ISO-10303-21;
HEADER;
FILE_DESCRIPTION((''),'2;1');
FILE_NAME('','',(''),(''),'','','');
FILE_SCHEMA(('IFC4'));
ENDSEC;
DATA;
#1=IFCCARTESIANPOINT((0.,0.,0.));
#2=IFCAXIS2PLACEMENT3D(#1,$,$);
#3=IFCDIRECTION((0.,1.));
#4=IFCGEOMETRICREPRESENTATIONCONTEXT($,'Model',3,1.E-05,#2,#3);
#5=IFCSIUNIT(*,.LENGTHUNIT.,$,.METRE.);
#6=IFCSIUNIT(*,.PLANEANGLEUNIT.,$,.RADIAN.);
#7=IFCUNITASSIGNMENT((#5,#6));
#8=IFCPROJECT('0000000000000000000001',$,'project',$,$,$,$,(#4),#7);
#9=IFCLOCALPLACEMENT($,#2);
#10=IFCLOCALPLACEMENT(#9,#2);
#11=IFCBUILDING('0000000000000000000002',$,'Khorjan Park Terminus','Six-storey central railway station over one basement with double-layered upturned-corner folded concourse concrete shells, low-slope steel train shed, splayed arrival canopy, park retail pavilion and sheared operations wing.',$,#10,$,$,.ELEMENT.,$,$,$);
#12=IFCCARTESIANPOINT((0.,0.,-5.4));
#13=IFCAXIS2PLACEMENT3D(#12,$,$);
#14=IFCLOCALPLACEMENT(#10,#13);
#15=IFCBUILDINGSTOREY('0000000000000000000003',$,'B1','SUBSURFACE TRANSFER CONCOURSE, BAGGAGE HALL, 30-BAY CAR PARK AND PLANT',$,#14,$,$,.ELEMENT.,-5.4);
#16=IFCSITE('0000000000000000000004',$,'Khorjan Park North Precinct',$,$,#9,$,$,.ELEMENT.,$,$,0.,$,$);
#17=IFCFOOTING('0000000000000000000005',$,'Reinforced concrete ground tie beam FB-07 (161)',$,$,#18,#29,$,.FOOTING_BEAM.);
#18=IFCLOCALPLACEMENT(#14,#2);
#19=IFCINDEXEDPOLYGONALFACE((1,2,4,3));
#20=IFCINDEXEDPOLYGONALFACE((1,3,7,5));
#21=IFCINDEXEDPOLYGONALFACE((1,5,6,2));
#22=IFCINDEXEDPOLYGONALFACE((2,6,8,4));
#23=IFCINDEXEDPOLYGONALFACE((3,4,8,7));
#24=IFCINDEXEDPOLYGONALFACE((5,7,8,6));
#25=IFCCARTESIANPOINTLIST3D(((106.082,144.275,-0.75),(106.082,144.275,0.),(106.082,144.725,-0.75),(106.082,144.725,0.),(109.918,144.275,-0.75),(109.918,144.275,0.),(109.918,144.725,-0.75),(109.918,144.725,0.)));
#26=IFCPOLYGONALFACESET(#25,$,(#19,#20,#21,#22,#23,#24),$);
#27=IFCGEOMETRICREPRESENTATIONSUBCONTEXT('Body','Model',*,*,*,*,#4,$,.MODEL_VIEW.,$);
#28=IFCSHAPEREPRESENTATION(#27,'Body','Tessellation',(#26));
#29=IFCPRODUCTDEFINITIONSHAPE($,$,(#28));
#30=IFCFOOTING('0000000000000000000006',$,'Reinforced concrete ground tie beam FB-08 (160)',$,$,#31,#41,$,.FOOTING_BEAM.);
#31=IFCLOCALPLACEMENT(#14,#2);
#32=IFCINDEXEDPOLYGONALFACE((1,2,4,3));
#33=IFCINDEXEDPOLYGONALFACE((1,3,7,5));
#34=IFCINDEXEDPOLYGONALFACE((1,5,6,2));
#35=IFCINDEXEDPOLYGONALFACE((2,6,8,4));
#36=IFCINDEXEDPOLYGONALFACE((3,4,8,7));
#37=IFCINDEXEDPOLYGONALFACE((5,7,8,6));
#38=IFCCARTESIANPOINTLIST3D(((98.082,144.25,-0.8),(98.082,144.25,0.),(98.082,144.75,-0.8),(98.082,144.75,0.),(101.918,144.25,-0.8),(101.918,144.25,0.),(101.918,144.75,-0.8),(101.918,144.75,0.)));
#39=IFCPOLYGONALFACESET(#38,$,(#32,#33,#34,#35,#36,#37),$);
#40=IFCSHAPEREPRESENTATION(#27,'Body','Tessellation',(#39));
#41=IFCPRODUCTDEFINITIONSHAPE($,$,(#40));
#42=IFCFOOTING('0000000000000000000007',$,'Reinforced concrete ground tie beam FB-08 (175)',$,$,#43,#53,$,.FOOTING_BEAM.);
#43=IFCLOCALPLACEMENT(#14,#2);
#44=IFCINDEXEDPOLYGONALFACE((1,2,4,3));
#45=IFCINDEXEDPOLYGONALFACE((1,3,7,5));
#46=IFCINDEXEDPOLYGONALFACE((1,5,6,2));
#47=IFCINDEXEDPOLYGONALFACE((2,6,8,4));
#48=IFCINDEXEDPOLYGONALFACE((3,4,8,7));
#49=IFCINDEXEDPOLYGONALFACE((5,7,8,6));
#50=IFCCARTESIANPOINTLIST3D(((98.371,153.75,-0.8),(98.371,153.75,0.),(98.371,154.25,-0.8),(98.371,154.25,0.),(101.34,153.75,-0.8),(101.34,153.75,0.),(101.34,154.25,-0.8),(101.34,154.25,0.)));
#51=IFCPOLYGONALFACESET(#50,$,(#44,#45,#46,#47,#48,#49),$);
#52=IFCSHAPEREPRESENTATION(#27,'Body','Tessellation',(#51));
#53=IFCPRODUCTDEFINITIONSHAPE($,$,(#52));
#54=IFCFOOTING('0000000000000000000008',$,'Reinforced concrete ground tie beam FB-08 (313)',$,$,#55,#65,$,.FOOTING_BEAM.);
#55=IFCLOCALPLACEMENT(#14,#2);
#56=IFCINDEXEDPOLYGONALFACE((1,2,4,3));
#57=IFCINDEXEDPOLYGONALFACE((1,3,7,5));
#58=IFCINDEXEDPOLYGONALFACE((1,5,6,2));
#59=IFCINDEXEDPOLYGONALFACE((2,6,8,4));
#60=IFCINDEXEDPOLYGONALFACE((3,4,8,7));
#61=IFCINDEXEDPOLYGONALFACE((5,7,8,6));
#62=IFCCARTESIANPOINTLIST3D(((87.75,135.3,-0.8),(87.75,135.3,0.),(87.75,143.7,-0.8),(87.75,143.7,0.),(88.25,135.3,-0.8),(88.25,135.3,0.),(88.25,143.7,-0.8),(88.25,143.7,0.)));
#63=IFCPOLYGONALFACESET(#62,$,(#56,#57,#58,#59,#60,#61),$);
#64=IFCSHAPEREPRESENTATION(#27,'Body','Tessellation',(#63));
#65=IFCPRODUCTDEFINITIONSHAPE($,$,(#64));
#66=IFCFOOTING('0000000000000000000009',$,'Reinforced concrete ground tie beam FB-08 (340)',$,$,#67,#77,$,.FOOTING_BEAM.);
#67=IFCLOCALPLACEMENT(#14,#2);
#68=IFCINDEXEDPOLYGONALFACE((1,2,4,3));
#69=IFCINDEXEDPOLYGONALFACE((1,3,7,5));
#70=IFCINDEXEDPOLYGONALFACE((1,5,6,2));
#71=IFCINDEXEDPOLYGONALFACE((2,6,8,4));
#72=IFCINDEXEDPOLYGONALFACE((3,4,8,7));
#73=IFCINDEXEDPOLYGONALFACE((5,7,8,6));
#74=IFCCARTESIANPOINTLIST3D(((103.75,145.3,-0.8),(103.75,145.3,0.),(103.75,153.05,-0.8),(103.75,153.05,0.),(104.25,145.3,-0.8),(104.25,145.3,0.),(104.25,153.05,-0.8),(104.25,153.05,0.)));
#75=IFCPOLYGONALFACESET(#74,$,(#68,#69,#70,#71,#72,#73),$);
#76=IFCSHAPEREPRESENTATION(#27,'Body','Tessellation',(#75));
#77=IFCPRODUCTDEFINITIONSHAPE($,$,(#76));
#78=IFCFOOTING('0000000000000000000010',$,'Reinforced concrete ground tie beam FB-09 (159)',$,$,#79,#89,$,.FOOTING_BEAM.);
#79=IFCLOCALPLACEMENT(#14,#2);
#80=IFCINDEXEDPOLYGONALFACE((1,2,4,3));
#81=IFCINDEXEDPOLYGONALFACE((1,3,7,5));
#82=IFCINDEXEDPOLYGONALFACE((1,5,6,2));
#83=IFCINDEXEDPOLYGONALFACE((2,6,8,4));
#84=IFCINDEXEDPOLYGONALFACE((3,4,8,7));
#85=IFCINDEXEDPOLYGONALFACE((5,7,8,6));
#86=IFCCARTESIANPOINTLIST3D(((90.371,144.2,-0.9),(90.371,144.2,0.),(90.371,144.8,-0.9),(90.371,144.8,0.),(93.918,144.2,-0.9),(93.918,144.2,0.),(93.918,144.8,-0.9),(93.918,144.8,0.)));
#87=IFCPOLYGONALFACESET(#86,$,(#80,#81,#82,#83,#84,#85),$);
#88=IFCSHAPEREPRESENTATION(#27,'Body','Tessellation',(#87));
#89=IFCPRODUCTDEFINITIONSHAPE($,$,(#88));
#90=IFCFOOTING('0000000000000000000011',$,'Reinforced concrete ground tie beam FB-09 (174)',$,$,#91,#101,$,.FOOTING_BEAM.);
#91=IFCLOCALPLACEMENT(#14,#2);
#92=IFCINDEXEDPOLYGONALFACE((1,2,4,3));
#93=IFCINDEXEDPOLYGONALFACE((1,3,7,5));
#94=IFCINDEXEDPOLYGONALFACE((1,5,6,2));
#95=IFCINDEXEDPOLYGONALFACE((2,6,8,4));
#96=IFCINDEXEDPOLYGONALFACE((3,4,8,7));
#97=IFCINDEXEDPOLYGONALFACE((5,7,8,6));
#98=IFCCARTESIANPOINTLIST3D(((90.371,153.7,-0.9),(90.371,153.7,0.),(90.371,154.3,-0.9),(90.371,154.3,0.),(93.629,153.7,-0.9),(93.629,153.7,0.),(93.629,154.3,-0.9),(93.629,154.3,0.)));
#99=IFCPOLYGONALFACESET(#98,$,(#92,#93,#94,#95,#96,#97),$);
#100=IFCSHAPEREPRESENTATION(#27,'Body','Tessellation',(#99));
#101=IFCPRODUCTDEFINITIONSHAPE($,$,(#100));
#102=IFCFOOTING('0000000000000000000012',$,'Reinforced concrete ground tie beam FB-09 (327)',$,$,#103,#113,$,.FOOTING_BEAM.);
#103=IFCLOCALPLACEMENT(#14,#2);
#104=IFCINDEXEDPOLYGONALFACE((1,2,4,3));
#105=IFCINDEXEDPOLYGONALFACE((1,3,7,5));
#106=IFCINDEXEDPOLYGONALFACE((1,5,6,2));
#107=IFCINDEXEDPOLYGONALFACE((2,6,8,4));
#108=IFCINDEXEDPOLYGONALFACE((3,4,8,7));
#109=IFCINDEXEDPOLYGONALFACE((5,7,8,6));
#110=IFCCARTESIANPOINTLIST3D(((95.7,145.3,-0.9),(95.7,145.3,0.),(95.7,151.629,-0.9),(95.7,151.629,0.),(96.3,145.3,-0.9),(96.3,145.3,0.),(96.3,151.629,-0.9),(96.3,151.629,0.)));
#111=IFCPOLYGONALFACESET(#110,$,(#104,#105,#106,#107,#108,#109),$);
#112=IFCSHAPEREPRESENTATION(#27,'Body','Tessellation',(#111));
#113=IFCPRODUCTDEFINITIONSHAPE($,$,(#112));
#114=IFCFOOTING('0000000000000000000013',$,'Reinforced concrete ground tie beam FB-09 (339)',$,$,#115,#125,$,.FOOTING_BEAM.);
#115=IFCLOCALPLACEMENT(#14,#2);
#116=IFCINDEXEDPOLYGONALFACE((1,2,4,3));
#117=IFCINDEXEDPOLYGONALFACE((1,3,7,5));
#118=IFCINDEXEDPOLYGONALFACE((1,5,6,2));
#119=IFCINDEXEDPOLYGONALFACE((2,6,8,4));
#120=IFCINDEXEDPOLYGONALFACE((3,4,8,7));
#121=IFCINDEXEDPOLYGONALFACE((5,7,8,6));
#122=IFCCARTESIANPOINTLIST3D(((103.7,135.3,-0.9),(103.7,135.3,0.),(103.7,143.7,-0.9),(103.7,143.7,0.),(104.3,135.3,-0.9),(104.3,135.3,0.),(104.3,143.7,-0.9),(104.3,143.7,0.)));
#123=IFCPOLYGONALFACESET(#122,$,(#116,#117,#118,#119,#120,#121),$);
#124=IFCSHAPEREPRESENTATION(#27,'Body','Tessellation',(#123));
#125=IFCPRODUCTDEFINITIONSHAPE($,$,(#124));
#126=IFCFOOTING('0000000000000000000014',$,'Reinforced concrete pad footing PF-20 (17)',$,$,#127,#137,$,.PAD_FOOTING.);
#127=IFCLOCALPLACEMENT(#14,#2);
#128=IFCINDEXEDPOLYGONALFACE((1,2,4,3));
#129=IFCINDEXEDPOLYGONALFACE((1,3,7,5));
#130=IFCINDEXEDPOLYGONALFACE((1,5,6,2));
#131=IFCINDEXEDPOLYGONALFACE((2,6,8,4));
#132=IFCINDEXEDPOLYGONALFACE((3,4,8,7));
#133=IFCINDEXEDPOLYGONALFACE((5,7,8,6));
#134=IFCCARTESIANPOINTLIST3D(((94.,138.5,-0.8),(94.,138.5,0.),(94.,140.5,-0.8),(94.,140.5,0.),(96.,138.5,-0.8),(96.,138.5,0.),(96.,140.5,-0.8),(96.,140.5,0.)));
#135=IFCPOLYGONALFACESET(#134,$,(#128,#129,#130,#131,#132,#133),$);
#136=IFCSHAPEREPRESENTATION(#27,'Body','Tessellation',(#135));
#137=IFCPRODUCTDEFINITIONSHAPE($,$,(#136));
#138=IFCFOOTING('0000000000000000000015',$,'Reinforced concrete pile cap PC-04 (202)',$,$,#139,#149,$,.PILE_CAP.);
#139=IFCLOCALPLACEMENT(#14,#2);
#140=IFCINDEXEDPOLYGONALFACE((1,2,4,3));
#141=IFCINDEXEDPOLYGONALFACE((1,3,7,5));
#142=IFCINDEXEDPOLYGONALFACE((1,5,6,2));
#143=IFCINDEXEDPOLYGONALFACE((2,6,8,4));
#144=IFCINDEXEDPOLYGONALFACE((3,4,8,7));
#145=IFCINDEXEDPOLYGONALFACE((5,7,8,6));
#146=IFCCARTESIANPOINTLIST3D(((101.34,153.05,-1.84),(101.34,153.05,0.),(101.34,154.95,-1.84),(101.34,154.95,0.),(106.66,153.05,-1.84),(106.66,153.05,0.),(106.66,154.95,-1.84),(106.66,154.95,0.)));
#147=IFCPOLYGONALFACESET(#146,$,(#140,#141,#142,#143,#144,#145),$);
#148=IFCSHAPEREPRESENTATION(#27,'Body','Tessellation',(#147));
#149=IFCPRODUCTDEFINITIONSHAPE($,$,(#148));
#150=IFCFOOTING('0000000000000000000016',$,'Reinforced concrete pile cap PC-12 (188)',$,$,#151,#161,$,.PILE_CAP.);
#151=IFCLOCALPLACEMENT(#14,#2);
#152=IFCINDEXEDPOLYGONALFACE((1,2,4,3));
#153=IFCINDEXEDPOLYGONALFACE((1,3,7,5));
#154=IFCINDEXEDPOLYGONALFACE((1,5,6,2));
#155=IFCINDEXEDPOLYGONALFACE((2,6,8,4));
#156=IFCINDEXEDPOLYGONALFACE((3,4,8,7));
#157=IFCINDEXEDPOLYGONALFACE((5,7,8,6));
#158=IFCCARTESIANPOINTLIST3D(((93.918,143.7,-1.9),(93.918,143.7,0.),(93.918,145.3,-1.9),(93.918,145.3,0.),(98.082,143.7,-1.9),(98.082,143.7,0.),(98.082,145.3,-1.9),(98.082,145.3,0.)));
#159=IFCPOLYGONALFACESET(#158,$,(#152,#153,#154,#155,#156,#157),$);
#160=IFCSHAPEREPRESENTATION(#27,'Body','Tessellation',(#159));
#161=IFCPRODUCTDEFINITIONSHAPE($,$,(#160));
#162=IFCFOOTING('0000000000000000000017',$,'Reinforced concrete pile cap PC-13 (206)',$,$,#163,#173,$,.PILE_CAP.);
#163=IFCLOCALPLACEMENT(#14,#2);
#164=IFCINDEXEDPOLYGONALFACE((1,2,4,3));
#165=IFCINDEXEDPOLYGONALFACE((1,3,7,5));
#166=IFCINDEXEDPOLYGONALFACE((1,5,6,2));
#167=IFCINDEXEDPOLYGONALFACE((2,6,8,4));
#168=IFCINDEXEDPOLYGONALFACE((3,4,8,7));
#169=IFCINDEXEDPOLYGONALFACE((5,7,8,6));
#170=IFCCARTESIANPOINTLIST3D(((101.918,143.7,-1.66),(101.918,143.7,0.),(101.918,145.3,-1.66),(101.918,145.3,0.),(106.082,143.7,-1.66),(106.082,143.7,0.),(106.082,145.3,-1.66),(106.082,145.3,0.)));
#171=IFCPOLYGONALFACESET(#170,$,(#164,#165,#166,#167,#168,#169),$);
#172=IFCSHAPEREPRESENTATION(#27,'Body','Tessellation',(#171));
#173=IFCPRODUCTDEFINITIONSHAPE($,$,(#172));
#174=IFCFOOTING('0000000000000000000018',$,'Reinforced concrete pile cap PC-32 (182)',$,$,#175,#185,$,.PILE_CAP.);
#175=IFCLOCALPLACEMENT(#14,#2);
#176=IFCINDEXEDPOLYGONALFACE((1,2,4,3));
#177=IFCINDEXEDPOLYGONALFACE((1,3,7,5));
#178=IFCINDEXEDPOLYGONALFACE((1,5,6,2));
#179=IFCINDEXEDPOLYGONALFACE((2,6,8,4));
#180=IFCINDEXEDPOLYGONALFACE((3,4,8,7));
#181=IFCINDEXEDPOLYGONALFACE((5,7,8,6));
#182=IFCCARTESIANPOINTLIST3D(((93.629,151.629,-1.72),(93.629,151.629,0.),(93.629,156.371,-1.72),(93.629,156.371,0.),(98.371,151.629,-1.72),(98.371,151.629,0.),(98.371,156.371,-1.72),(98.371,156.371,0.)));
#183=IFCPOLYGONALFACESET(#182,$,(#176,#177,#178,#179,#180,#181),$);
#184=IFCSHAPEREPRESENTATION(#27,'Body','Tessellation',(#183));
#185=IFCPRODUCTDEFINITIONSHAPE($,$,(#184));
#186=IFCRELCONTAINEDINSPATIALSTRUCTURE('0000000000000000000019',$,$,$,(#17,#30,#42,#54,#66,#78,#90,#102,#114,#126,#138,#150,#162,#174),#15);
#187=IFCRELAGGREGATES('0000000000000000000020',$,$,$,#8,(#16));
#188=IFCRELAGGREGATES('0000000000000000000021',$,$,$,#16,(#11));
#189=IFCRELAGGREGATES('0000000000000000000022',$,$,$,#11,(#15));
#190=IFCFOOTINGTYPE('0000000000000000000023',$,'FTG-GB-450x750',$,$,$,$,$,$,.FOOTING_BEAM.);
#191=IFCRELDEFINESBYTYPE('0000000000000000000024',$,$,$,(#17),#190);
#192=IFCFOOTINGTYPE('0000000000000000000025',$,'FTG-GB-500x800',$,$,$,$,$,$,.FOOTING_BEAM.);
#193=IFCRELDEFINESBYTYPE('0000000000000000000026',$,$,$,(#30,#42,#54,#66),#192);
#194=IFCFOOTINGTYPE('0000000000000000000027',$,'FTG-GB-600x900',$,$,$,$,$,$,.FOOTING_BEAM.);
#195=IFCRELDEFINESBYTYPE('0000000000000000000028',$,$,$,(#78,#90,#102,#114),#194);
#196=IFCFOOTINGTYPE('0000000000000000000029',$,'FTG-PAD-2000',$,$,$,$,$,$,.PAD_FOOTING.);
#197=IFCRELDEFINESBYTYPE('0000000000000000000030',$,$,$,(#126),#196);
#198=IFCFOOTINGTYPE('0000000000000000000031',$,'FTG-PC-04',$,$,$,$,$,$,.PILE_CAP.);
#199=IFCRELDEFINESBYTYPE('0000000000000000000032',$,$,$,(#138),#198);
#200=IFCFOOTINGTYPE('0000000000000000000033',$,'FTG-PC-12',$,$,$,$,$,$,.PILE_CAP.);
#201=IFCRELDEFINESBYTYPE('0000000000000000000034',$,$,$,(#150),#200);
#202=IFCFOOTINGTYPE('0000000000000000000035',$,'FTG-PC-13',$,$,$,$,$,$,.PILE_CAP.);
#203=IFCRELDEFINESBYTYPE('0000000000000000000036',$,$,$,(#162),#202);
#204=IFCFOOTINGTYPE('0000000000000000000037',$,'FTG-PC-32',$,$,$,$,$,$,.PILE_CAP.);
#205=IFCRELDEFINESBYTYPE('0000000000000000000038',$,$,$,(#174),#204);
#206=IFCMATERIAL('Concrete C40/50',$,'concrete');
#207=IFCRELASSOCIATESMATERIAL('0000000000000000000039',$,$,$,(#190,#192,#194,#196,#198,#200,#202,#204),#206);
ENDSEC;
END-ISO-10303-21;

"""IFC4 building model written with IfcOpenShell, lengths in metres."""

from ifc_helpers import new_model, si_unit, direction, frame, origin, origin_2d, place, context, subcontext, project, spatial, rectangle, extrude, material, material_profile, profile_set, type_object, element, save


model = new_model("IFC4")

# Units and contexts
model_context = context("Model", 3, precision=1e-05, world=origin(), true_north=direction((0.0, 1.0)))
body_context = subcontext(model_context, "Body", "Model", "MODEL_VIEW")
ifc_project = project(units=[si_unit("LENGTHUNIT", "METRE"), si_unit("PLANEANGLEUNIT", "RADIAN")], contexts=[model_context])

# Site, building, storey
site_placement = place(None, origin())
site = spatial("IfcSite", under=ifc_project, at=site_placement, Name="Khorjan Park North Precinct", CompositionType="ELEMENT", RefElevation=0.0)
building_placement = place(site_placement, origin())
building = spatial("IfcBuilding", under=site, at=building_placement, Name="Khorjan Park Terminus", Description="Six-storey central railway station over one basement with double-layered upturned-corner folded concourse concrete shells, low-slope steel train shed, splayed arrival canopy, park retail pavilion and sheared operations wing.", CompositionType="ELEMENT")
storey_placement = place(building_placement, frame((0.0, 0.0, -5.4)))
storey = spatial("IfcBuildingStorey", under=building, at=storey_placement, Name="B1", Description="SUBSURFACE TRANSFER CONCOURSE, BAGGAGE HALL, 30-BAY CAR PARK AND PLANT", CompositionType="ELEMENT", Elevation=-5.4)

# Footings
ifc_material_1 = material(Name="Concrete C40/50", Category="concrete")
ifc_material_profile_1 = material_profile(ifc_material_1, rectangle(XDim=0.45, YDim=0.75, at=origin_2d()), Name="RC 450x750")
ifc_profile_set_1 = profile_set([ifc_material_profile_1], Name="Concrete C40/50")
footing_type_1 = type_object("IfcFootingType", Name="FTG-GB-450x750", PredefinedType="FOOTING_BEAM", material=ifc_profile_set_1)
footing_1_placement = place(storey_placement, frame((106.082, 144.5, -0.375), z_axis=(1.0, 0.0, 0.0), x_axis=(0.0, 1.0, 0.0)))
element("IfcFooting", 1, at=footing_1_placement, inside=storey, type_object=footing_type_1, Name="Reinforced concrete ground tie beam FB-07 (161)", PredefinedType="FOOTING_BEAM", context=body_context, shape_type="SweptSolid", body=[
    extrude(rectangle(XDim=0.45, YDim=0.75, at=origin_2d()), origin(), (0.0, 0.0, 1.0), 3.836),
])
ifc_material_profile_2 = material_profile(ifc_material_1, rectangle(XDim=0.5, YDim=0.8, at=origin_2d()), Name="RC 500x800")
ifc_profile_set_2 = profile_set([ifc_material_profile_2], Name="Concrete C40/50")
footing_type_2 = type_object("IfcFootingType", Name="FTG-GB-500x800", PredefinedType="FOOTING_BEAM", material=ifc_profile_set_2)
footing_2_placement = place(storey_placement, frame((98.082, 144.5, -0.4), z_axis=(1.0, 0.0, 0.0), x_axis=(0.0, 1.0, 0.0)))
element("IfcFooting", 2, at=footing_2_placement, inside=storey, type_object=footing_type_2, Name="Reinforced concrete ground tie beam FB-08 (160)", PredefinedType="FOOTING_BEAM", context=body_context, shape_type="SweptSolid", body=[
    extrude(rectangle(XDim=0.5, YDim=0.8, at=origin_2d()), origin(), (0.0, 0.0, 1.0), 3.836),
])
footing_3_placement = place(storey_placement, frame((98.371, 154.0, -0.4), z_axis=(1.0, 0.0, 0.0), x_axis=(0.0, 1.0, 0.0)))
element("IfcFooting", 3, at=footing_3_placement, inside=storey, type_object=footing_type_2, Name="Reinforced concrete ground tie beam FB-08 (175)", PredefinedType="FOOTING_BEAM", context=body_context, shape_type="SweptSolid", body=[
    extrude(rectangle(XDim=0.5, YDim=0.8, at=origin_2d()), origin(), (0.0, 0.0, 1.0), 2.969),
])
footing_4_placement = place(storey_placement, frame((88.0, 135.3, -0.4), z_axis=(0.0, 1.0, 0.0), x_axis=(-1.0, 0.0, 0.0)))
element("IfcFooting", 4, at=footing_4_placement, inside=storey, type_object=footing_type_2, Name="Reinforced concrete ground tie beam FB-08 (313)", PredefinedType="FOOTING_BEAM", context=body_context, shape_type="SweptSolid", body=[
    extrude(rectangle(XDim=0.5, YDim=0.8, at=origin_2d()), origin(), (0.0, 0.0, 1.0), 8.4),
])
footing_5_placement = place(storey_placement, frame((104.0, 145.3, -0.4), z_axis=(0.0, 1.0, 0.0), x_axis=(-1.0, 0.0, 0.0)))
element("IfcFooting", 5, at=footing_5_placement, inside=storey, type_object=footing_type_2, Name="Reinforced concrete ground tie beam FB-08 (340)", PredefinedType="FOOTING_BEAM", context=body_context, shape_type="SweptSolid", body=[
    extrude(rectangle(XDim=0.5, YDim=0.8, at=origin_2d()), origin(), (0.0, 0.0, 1.0), 7.75),
])
ifc_material_profile_3 = material_profile(ifc_material_1, rectangle(XDim=0.6, YDim=0.9, at=origin_2d()), Name="RC 600x900")
ifc_profile_set_3 = profile_set([ifc_material_profile_3], Name="Concrete C40/50")
footing_type_3 = type_object("IfcFootingType", Name="FTG-GB-600x900", PredefinedType="FOOTING_BEAM", material=ifc_profile_set_3)
footing_6_placement = place(storey_placement, frame((90.371, 144.5, -0.45), z_axis=(1.0, 0.0, 0.0), x_axis=(0.0, 1.0, 0.0)))
element("IfcFooting", 6, at=footing_6_placement, inside=storey, type_object=footing_type_3, Name="Reinforced concrete ground tie beam FB-09 (159)", PredefinedType="FOOTING_BEAM", context=body_context, shape_type="SweptSolid", body=[
    extrude(rectangle(XDim=0.6, YDim=0.9, at=origin_2d()), origin(), (0.0, 0.0, 1.0), 3.547),
])
footing_7_placement = place(storey_placement, frame((90.371, 154.0, -0.45), z_axis=(1.0, 0.0, 0.0), x_axis=(0.0, 1.0, 0.0)))
element("IfcFooting", 7, at=footing_7_placement, inside=storey, type_object=footing_type_3, Name="Reinforced concrete ground tie beam FB-09 (174)", PredefinedType="FOOTING_BEAM", context=body_context, shape_type="SweptSolid", body=[
    extrude(rectangle(XDim=0.6, YDim=0.9, at=origin_2d()), origin(), (0.0, 0.0, 1.0), 3.258),
])
footing_8_placement = place(storey_placement, frame((96.0, 145.3, -0.45), z_axis=(0.0, 1.0, 0.0), x_axis=(-1.0, 0.0, 0.0)))
element("IfcFooting", 8, at=footing_8_placement, inside=storey, type_object=footing_type_3, Name="Reinforced concrete ground tie beam FB-09 (327)", PredefinedType="FOOTING_BEAM", context=body_context, shape_type="SweptSolid", body=[
    extrude(rectangle(XDim=0.6, YDim=0.9, at=origin_2d()), origin(), (0.0, 0.0, 1.0), 6.329),
])
footing_9_placement = place(storey_placement, frame((104.0, 135.3, -0.45), z_axis=(0.0, 1.0, 0.0), x_axis=(-1.0, 0.0, 0.0)))
element("IfcFooting", 9, at=footing_9_placement, inside=storey, type_object=footing_type_3, Name="Reinforced concrete ground tie beam FB-09 (339)", PredefinedType="FOOTING_BEAM", context=body_context, shape_type="SweptSolid", body=[
    extrude(rectangle(XDim=0.6, YDim=0.9, at=origin_2d()), origin(), (0.0, 0.0, 1.0), 8.4),
])
footing_type_4 = type_object("IfcFootingType", Name="FTG-PAD-2000", PredefinedType="PAD_FOOTING", material=ifc_material_1)
footing_10_placement = place(storey_placement, frame((95.0, 139.5, -0.8), z_axis=(0.0, 0.0, 1.0), x_axis=(1.0, 0.0, 0.0)))
element("IfcFooting", 10, at=footing_10_placement, inside=storey, type_object=footing_type_4, Name="Reinforced concrete pad footing PF-20 (17)", PredefinedType="PAD_FOOTING", context=body_context, shape_type="SweptSolid", body=[
    extrude(rectangle(XDim=2.0, YDim=2.0, at=origin_2d()), origin(), (0.0, 0.0, 1.0), 0.8),
])
footing_type_5 = type_object("IfcFootingType", Name="FTG-PC-04", PredefinedType="PILE_CAP", material=ifc_material_1)
footing_11_placement = place(storey_placement, frame((104.0, 154.0, -1.84), z_axis=(0.0, 0.0, 1.0), x_axis=(1.0, 0.0, 0.0)))
element("IfcFooting", 11, at=footing_11_placement, inside=storey, type_object=footing_type_5, Name="Reinforced concrete pile cap PC-04 (202)", PredefinedType="PILE_CAP", context=body_context, shape_type="SweptSolid", body=[
    extrude(rectangle(XDim=5.32, YDim=1.9, at=origin_2d()), origin(), (0.0, 0.0, 1.0), 1.84),
])
footing_type_6 = type_object("IfcFootingType", Name="FTG-PC-12", PredefinedType="PILE_CAP", material=ifc_material_1)
footing_12_placement = place(storey_placement, frame((96.0, 144.5, -1.9), z_axis=(0.0, 0.0, 1.0), x_axis=(1.0, 0.0, 0.0)))
element("IfcFooting", 12, at=footing_12_placement, inside=storey, type_object=footing_type_6, Name="Reinforced concrete pile cap PC-12 (188)", PredefinedType="PILE_CAP", context=body_context, shape_type="SweptSolid", body=[
    extrude(rectangle(XDim=4.164, YDim=1.6, at=origin_2d()), origin(), (0.0, 0.0, 1.0), 1.9),
])
footing_type_7 = type_object("IfcFootingType", Name="FTG-PC-13", PredefinedType="PILE_CAP", material=ifc_material_1)
footing_13_placement = place(storey_placement, frame((104.0, 144.5, -1.66), z_axis=(0.0, 0.0, 1.0), x_axis=(1.0, 0.0, 0.0)))
element("IfcFooting", 13, at=footing_13_placement, inside=storey, type_object=footing_type_7, Name="Reinforced concrete pile cap PC-13 (206)", PredefinedType="PILE_CAP", context=body_context, shape_type="SweptSolid", body=[
    extrude(rectangle(XDim=4.164, YDim=1.6, at=origin_2d()), origin(), (0.0, 0.0, 1.0), 1.66),
])
footing_type_8 = type_object("IfcFootingType", Name="FTG-PC-32", PredefinedType="PILE_CAP", material=ifc_material_1)
footing_14_placement = place(storey_placement, frame((96.0, 154.0, -1.72), z_axis=(0.0, 0.0, 1.0), x_axis=(1.0, 0.0, 0.0)))
element("IfcFooting", 14, at=footing_14_placement, inside=storey, type_object=footing_type_8, Name="Reinforced concrete pile cap PC-32 (182)", PredefinedType="PILE_CAP", context=body_context, shape_type="SweptSolid", body=[
    extrude(rectangle(XDim=4.742, YDim=4.742, at=origin_2d()), origin(), (0.0, 0.0, 1.0), 1.72),
])

save(model, "model.ifc")
